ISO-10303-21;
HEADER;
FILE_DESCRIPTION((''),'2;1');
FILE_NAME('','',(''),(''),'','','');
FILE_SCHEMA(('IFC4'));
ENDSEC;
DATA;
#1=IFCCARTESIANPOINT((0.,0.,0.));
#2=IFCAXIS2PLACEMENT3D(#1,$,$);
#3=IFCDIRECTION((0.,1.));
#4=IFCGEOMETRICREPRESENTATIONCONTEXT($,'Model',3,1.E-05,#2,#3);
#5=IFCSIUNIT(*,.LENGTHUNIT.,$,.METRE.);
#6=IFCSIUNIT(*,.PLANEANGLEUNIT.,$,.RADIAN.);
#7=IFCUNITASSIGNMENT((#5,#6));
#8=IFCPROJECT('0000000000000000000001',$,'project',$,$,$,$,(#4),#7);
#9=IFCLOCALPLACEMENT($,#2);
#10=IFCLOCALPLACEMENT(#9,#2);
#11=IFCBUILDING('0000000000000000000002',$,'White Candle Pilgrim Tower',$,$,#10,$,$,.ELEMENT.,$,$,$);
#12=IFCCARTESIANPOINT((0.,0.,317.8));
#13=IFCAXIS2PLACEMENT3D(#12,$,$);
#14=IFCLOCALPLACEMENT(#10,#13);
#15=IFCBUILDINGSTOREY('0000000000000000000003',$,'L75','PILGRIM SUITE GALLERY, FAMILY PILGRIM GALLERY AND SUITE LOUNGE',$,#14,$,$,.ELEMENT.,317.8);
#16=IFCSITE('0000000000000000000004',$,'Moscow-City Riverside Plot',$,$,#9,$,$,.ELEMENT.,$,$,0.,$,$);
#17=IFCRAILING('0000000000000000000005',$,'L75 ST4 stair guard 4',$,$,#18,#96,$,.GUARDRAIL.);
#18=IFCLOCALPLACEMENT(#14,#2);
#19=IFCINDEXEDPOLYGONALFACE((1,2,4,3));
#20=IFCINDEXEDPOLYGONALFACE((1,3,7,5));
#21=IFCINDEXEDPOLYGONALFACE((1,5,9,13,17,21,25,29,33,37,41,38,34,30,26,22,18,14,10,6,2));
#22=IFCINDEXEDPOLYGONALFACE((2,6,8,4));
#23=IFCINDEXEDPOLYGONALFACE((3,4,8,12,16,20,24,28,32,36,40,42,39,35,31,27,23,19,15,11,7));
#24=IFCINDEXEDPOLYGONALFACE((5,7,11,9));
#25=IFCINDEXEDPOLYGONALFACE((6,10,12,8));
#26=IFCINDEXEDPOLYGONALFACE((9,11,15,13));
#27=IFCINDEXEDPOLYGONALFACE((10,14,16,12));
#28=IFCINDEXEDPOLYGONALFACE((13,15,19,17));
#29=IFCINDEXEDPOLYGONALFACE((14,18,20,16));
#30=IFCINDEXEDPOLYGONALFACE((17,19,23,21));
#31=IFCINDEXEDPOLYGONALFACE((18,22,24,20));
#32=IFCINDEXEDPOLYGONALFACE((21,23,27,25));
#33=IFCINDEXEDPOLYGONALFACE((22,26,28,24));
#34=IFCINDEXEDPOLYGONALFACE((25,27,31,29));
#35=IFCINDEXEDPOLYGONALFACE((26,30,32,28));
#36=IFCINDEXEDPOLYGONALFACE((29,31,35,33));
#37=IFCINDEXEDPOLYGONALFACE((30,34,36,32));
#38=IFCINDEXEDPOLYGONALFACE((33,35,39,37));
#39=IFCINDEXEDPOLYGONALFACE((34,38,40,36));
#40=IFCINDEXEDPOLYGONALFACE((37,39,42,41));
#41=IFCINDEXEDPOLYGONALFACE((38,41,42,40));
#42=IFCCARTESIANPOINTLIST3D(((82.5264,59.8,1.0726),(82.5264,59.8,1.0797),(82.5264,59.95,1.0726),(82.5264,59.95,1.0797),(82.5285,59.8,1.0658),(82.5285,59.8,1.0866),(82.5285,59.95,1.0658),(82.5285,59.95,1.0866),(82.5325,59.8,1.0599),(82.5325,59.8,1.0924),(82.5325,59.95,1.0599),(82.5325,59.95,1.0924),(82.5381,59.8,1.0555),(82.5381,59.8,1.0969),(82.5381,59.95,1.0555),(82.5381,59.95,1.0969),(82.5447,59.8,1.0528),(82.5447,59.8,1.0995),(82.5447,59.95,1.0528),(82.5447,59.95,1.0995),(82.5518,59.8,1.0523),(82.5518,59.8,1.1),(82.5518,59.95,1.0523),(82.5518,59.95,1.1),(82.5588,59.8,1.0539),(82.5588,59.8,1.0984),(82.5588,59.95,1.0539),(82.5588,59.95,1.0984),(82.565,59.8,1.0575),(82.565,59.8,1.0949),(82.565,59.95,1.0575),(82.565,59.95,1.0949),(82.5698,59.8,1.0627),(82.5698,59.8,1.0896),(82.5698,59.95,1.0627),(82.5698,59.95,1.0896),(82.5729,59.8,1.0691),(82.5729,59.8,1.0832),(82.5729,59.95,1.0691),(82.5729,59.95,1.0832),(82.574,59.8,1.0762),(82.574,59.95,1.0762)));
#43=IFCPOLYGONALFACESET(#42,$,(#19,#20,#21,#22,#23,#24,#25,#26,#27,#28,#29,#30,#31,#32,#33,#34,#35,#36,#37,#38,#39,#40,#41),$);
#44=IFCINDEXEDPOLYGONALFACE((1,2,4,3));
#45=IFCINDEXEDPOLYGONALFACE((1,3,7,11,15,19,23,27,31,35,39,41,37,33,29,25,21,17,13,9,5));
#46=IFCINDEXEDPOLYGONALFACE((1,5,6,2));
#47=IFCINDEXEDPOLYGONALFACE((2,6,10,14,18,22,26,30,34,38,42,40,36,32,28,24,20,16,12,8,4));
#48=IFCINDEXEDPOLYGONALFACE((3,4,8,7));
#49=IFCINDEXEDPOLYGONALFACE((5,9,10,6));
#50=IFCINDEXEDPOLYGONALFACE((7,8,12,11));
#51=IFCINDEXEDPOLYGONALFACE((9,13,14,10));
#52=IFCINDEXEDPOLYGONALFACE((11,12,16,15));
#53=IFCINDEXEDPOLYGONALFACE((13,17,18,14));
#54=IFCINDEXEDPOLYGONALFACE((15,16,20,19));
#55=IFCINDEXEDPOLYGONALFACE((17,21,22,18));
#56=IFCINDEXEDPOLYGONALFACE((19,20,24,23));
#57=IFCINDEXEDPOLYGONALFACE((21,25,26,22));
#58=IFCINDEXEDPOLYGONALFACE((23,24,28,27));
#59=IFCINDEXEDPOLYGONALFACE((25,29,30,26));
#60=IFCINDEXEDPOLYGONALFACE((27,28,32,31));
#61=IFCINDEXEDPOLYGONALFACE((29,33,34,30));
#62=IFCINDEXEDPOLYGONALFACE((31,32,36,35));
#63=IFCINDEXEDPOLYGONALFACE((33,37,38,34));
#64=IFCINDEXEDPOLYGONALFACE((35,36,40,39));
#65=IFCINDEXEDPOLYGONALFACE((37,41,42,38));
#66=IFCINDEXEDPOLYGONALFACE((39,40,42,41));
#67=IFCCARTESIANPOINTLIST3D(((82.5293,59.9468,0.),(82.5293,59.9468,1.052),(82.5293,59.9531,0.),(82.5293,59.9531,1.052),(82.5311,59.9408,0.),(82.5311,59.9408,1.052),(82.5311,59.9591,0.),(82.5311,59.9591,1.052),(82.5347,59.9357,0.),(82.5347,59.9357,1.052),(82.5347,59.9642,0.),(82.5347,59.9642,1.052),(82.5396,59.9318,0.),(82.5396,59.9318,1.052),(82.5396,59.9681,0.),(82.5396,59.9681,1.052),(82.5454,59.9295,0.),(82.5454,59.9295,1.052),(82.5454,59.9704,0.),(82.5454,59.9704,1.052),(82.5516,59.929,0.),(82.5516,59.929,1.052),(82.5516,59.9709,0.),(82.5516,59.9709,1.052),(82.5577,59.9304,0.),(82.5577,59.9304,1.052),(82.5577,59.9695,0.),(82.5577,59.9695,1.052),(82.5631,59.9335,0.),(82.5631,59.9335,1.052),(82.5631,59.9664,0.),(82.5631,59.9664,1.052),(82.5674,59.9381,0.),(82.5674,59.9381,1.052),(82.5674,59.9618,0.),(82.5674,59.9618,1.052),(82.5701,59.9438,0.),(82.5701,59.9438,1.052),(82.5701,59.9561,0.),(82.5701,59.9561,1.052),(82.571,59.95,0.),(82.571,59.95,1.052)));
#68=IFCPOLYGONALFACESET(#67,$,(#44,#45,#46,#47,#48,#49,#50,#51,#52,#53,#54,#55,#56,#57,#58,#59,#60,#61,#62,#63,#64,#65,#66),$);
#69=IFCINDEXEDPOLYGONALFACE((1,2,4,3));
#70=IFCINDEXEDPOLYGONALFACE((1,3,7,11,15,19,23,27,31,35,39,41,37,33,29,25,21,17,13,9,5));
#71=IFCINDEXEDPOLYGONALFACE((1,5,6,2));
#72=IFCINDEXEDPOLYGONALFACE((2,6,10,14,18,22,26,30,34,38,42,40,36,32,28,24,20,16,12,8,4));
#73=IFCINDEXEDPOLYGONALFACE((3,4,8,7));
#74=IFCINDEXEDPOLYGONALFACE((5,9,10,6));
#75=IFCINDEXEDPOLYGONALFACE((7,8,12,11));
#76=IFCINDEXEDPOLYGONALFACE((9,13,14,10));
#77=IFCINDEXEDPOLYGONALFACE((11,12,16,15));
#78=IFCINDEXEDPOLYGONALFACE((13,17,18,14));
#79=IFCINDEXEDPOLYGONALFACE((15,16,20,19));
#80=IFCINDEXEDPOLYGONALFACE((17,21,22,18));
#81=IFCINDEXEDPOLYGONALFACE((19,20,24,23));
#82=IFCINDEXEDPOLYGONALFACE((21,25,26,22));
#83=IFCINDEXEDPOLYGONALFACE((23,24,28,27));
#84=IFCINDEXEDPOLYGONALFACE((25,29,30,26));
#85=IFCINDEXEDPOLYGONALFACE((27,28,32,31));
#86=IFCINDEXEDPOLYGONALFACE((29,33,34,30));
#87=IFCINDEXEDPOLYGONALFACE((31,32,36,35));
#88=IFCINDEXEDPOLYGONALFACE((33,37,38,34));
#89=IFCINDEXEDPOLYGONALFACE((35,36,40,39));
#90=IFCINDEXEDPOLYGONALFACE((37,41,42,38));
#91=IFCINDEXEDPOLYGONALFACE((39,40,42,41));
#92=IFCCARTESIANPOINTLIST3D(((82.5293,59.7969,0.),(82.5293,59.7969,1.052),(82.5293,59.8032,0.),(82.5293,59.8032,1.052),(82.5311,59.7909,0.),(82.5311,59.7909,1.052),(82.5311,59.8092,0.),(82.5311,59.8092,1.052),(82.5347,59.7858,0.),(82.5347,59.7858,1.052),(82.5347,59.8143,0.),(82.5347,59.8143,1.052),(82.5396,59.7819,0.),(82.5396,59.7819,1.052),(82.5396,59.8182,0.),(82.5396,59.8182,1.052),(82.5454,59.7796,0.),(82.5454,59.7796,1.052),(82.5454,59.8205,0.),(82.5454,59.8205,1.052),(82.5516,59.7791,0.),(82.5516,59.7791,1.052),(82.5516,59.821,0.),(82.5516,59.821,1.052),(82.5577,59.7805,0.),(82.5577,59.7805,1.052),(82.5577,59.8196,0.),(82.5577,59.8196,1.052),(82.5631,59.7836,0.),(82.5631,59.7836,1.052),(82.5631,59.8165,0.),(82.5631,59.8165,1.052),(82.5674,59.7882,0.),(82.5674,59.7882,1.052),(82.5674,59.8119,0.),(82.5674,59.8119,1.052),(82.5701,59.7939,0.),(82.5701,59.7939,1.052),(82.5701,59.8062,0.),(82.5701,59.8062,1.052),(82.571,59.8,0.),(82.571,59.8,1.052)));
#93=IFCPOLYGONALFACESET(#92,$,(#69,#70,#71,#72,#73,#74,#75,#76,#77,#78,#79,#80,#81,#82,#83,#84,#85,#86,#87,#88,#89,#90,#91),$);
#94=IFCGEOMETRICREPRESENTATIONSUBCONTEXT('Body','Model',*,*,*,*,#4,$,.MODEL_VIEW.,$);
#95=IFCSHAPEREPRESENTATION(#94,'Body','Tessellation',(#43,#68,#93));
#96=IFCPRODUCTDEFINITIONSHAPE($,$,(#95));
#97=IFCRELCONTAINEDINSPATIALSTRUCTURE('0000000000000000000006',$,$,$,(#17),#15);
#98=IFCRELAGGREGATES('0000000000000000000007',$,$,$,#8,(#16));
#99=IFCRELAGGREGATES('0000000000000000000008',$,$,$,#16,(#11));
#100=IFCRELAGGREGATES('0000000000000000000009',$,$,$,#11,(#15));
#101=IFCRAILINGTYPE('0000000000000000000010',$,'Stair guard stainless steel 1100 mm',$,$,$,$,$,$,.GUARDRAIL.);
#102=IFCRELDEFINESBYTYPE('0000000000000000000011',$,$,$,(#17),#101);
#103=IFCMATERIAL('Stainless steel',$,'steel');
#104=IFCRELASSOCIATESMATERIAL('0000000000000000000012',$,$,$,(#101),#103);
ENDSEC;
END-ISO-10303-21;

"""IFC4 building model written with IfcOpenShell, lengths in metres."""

from ifc_helpers import new_model, si_unit, direction, frame, origin, origin_2d, place, context, subcontext, project, spatial, circle, extrude, material, type_object, element, save


model = new_model("IFC4")

# Units and contexts
model_context = context("Model", 3, precision=1e-05, world=origin(), true_north=direction((0.0, 1.0)))
body_context = subcontext(model_context, "Body", "Model", "MODEL_VIEW")
ifc_project = project(units=[si_unit("LENGTHUNIT", "METRE"), si_unit("PLANEANGLEUNIT", "RADIAN")], contexts=[model_context])

# Site, building, storey
site_placement = place(None, origin())
site = spatial("IfcSite", under=ifc_project, at=site_placement, Name="Moscow-City Riverside Plot", CompositionType="ELEMENT", RefElevation=0.0)
building_placement = place(site_placement, origin())
building = spatial("IfcBuilding", under=site, at=building_placement, Name="White Candle Pilgrim Tower", CompositionType="ELEMENT")
storey_placement = place(building_placement, frame((0.0, 0.0, 317.8)))
storey = spatial("IfcBuildingStorey", under=building, at=storey_placement, Name="L75", Description="PILGRIM SUITE GALLERY, FAMILY PILGRIM GALLERY AND SUITE LOUNGE", CompositionType="ELEMENT", Elevation=317.8)

# Railing
ifc_material_1 = material(Name="Stainless steel", Category="steel")
railing_type_1 = type_object("IfcRailingType", Name="Stair guard stainless steel 1100 mm", PredefinedType="GUARDRAIL", material=ifc_material_1)
railing_1_placement = place(storey_placement, frame((82.55, 59.95, 0.0)))
element("IfcRailing", 1, at=railing_1_placement, inside=storey, type_object=railing_type_1, Name="L75 ST4 stair guard 4", PredefinedType="GUARDRAIL", context=body_context, shape_type="SweptSolid", body=[
    extrude(circle(Radius=0.0239, at=origin_2d()), frame((0.0, 0.0, 1.0762), z_axis=(0.0, -1.0, 0.0), x_axis=(1.0, 0.0, 0.0)), (0.0, 0.0, 1.0), 0.1499),
    extrude(circle(Radius=0.021, at=origin_2d()), origin(), (0.0, 0.0, 1.0), 1.052),
    extrude(circle(Radius=0.021, at=origin_2d()), frame((0.0, -0.1499, 0.0)), (0.0, 0.0, 1.0), 1.052),
])

save(model, "model.ifc")
